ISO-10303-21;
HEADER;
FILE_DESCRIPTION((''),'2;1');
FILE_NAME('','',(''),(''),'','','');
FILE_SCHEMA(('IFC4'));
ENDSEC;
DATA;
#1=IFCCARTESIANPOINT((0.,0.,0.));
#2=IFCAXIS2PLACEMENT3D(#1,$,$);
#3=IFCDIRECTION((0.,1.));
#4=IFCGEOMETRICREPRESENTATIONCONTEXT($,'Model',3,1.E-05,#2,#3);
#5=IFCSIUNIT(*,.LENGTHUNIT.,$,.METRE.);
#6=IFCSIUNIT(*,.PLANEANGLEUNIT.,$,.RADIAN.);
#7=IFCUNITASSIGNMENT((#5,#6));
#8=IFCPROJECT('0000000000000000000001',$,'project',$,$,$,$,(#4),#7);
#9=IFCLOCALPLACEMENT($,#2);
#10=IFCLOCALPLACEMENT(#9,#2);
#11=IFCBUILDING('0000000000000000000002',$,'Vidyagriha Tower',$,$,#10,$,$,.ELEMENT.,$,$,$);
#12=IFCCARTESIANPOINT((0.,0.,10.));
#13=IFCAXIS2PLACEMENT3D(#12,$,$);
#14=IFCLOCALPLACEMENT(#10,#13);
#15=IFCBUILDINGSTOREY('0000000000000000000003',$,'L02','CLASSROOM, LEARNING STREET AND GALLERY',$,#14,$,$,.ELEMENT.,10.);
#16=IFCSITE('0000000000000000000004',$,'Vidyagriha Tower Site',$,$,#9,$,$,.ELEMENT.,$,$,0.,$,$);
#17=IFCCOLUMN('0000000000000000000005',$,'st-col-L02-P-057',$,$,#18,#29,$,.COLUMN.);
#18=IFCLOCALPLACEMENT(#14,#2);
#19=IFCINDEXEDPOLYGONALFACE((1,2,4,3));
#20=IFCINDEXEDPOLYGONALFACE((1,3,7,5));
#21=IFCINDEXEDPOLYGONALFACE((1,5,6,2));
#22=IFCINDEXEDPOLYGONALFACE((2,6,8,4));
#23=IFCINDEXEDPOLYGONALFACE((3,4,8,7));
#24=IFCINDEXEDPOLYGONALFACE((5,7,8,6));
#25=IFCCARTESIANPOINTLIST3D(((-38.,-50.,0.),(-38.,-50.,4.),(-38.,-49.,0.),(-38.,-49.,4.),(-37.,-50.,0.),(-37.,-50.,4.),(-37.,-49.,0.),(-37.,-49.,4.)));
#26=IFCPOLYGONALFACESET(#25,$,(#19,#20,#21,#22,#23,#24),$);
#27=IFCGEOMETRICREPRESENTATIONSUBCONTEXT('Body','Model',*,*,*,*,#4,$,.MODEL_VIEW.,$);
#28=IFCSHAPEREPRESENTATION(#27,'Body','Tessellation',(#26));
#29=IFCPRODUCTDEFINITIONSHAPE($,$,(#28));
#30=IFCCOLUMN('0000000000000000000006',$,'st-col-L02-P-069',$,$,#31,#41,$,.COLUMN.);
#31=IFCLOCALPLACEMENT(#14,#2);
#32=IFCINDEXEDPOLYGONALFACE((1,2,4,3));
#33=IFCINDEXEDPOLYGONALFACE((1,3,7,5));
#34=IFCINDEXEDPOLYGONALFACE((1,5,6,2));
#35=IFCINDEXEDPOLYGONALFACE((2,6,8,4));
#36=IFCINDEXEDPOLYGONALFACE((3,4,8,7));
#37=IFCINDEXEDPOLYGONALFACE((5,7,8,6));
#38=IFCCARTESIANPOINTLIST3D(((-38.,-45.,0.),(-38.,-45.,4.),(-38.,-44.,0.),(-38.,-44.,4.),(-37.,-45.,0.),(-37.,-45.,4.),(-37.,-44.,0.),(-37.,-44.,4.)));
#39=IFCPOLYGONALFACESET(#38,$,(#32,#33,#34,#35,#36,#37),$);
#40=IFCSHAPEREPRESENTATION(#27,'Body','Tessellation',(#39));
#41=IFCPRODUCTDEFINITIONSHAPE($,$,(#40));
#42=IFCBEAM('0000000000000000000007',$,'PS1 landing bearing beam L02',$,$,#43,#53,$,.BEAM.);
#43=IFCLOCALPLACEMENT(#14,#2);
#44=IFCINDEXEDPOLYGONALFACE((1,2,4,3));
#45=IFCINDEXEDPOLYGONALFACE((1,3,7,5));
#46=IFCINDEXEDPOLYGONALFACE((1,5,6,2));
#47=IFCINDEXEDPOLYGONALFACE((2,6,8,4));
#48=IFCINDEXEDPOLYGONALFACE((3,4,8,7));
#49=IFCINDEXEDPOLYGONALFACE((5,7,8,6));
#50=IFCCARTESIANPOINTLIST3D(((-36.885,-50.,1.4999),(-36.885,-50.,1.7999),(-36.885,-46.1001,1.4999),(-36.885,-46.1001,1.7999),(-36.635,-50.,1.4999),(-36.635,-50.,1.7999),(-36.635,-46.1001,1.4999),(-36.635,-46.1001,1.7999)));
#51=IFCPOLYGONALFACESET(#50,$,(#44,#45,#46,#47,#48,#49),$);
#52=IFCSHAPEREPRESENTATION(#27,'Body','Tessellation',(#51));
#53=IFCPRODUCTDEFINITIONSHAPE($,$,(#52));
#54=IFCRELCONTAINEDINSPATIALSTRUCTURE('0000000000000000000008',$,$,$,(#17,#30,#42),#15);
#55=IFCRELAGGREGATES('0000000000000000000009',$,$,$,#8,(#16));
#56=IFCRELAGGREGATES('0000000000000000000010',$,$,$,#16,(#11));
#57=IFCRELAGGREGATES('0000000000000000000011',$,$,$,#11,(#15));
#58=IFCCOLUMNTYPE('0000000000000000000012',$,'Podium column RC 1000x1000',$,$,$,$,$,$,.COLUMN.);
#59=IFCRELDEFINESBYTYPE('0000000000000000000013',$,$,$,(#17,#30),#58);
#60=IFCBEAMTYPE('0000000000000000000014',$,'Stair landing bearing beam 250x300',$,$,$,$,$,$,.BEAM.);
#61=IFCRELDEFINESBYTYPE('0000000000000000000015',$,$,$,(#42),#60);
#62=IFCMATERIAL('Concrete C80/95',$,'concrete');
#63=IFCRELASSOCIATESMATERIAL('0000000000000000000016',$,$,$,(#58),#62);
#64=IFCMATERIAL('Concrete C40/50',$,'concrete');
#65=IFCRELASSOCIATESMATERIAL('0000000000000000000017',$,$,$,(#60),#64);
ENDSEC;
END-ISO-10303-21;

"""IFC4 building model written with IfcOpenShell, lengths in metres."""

from ifc_helpers import new_model, si_unit, direction, frame, origin, origin_2d, place, context, subcontext, project, spatial, rectangle, extrude, material, material_profile, profile_set, type_object, element, save


model = new_model("IFC4")

# Units and contexts
model_context = context("Model", 3, precision=1e-05, world=origin(), true_north=direction((0.0, 1.0)))
body_context = subcontext(model_context, "Body", "Model", "MODEL_VIEW")
ifc_project = project(units=[si_unit("LENGTHUNIT", "METRE"), si_unit("PLANEANGLEUNIT", "RADIAN")], contexts=[model_context])

# Site, building, storey
site_placement = place(None, origin())
site = spatial("IfcSite", under=ifc_project, at=site_placement, Name="Vidyagriha Tower Site", CompositionType="ELEMENT", RefElevation=0.0)
building_placement = place(site_placement, origin())
building = spatial("IfcBuilding", under=site, at=building_placement, Name="Vidyagriha Tower", CompositionType="ELEMENT")
storey_placement = place(building_placement, frame((0.0, 0.0, 10.0)))
storey = spatial("IfcBuildingStorey", under=building, at=storey_placement, Name="L02", Description="CLASSROOM, LEARNING STREET AND GALLERY", CompositionType="ELEMENT", Elevation=10.0)

# Columns
ifc_material_1 = material(Name="Concrete C80/95", Category="concrete")
ifc_material_profile_1 = material_profile(ifc_material_1, rectangle(XDim=1.0, YDim=1.0, at=origin_2d()), Name="RC 1000x1000")
ifc_profile_set_1 = profile_set([ifc_material_profile_1], Name="Concrete C80/95")
column_type = type_object("IfcColumnType", Name="Podium column RC 1000x1000", PredefinedType="COLUMN", material=ifc_profile_set_1)
for number, where, name in (
    (1, (-37.5, -49.5, 0.0), "st-col-L02-P-057"),
    (2, (-37.5, -44.5, 0.0), "st-col-L02-P-069"),
):
    element("IfcColumn", number, at=place(storey_placement, frame(where)), inside=storey, type_object=column_type, Name=name, PredefinedType="COLUMN", context=body_context, shape_type="SweptSolid", body=[
        extrude(rectangle(XDim=1.0, YDim=1.0, at=origin_2d()), origin(), (0.0, 0.0, 1.0), 4.0),
    ])

# Beam
ifc_material_2 = material(Name="Concrete C40/50", Category="concrete")
ifc_material_profile_2 = material_profile(ifc_material_2, rectangle(XDim=0.25, YDim=0.3, at=origin_2d()), Name="Stair landing bearing beam 250x300")
ifc_profile_set_2 = profile_set([ifc_material_profile_2], Name="Concrete C40/50")
beam_type = type_object("IfcBeamType", Name="Stair landing bearing beam 250x300", PredefinedType="BEAM", material=ifc_profile_set_2)
beam_placement = place(storey_placement, frame((-36.76, -50.0, 1.6499), z_axis=(0.0, 1.0, 0.0), x_axis=(-1.0, 0.0, 0.0)))
element("IfcBeam", 3, at=beam_placement, inside=storey, type_object=beam_type, Name="PS1 landing bearing beam L02", PredefinedType="BEAM", context=body_context, shape_type="SweptSolid", body=[
    extrude(rectangle(XDim=0.25, YDim=0.3, at=origin_2d()), origin(), (0.0, 0.0, 1.0), 3.8999),
])

save(model, "model.ifc")
